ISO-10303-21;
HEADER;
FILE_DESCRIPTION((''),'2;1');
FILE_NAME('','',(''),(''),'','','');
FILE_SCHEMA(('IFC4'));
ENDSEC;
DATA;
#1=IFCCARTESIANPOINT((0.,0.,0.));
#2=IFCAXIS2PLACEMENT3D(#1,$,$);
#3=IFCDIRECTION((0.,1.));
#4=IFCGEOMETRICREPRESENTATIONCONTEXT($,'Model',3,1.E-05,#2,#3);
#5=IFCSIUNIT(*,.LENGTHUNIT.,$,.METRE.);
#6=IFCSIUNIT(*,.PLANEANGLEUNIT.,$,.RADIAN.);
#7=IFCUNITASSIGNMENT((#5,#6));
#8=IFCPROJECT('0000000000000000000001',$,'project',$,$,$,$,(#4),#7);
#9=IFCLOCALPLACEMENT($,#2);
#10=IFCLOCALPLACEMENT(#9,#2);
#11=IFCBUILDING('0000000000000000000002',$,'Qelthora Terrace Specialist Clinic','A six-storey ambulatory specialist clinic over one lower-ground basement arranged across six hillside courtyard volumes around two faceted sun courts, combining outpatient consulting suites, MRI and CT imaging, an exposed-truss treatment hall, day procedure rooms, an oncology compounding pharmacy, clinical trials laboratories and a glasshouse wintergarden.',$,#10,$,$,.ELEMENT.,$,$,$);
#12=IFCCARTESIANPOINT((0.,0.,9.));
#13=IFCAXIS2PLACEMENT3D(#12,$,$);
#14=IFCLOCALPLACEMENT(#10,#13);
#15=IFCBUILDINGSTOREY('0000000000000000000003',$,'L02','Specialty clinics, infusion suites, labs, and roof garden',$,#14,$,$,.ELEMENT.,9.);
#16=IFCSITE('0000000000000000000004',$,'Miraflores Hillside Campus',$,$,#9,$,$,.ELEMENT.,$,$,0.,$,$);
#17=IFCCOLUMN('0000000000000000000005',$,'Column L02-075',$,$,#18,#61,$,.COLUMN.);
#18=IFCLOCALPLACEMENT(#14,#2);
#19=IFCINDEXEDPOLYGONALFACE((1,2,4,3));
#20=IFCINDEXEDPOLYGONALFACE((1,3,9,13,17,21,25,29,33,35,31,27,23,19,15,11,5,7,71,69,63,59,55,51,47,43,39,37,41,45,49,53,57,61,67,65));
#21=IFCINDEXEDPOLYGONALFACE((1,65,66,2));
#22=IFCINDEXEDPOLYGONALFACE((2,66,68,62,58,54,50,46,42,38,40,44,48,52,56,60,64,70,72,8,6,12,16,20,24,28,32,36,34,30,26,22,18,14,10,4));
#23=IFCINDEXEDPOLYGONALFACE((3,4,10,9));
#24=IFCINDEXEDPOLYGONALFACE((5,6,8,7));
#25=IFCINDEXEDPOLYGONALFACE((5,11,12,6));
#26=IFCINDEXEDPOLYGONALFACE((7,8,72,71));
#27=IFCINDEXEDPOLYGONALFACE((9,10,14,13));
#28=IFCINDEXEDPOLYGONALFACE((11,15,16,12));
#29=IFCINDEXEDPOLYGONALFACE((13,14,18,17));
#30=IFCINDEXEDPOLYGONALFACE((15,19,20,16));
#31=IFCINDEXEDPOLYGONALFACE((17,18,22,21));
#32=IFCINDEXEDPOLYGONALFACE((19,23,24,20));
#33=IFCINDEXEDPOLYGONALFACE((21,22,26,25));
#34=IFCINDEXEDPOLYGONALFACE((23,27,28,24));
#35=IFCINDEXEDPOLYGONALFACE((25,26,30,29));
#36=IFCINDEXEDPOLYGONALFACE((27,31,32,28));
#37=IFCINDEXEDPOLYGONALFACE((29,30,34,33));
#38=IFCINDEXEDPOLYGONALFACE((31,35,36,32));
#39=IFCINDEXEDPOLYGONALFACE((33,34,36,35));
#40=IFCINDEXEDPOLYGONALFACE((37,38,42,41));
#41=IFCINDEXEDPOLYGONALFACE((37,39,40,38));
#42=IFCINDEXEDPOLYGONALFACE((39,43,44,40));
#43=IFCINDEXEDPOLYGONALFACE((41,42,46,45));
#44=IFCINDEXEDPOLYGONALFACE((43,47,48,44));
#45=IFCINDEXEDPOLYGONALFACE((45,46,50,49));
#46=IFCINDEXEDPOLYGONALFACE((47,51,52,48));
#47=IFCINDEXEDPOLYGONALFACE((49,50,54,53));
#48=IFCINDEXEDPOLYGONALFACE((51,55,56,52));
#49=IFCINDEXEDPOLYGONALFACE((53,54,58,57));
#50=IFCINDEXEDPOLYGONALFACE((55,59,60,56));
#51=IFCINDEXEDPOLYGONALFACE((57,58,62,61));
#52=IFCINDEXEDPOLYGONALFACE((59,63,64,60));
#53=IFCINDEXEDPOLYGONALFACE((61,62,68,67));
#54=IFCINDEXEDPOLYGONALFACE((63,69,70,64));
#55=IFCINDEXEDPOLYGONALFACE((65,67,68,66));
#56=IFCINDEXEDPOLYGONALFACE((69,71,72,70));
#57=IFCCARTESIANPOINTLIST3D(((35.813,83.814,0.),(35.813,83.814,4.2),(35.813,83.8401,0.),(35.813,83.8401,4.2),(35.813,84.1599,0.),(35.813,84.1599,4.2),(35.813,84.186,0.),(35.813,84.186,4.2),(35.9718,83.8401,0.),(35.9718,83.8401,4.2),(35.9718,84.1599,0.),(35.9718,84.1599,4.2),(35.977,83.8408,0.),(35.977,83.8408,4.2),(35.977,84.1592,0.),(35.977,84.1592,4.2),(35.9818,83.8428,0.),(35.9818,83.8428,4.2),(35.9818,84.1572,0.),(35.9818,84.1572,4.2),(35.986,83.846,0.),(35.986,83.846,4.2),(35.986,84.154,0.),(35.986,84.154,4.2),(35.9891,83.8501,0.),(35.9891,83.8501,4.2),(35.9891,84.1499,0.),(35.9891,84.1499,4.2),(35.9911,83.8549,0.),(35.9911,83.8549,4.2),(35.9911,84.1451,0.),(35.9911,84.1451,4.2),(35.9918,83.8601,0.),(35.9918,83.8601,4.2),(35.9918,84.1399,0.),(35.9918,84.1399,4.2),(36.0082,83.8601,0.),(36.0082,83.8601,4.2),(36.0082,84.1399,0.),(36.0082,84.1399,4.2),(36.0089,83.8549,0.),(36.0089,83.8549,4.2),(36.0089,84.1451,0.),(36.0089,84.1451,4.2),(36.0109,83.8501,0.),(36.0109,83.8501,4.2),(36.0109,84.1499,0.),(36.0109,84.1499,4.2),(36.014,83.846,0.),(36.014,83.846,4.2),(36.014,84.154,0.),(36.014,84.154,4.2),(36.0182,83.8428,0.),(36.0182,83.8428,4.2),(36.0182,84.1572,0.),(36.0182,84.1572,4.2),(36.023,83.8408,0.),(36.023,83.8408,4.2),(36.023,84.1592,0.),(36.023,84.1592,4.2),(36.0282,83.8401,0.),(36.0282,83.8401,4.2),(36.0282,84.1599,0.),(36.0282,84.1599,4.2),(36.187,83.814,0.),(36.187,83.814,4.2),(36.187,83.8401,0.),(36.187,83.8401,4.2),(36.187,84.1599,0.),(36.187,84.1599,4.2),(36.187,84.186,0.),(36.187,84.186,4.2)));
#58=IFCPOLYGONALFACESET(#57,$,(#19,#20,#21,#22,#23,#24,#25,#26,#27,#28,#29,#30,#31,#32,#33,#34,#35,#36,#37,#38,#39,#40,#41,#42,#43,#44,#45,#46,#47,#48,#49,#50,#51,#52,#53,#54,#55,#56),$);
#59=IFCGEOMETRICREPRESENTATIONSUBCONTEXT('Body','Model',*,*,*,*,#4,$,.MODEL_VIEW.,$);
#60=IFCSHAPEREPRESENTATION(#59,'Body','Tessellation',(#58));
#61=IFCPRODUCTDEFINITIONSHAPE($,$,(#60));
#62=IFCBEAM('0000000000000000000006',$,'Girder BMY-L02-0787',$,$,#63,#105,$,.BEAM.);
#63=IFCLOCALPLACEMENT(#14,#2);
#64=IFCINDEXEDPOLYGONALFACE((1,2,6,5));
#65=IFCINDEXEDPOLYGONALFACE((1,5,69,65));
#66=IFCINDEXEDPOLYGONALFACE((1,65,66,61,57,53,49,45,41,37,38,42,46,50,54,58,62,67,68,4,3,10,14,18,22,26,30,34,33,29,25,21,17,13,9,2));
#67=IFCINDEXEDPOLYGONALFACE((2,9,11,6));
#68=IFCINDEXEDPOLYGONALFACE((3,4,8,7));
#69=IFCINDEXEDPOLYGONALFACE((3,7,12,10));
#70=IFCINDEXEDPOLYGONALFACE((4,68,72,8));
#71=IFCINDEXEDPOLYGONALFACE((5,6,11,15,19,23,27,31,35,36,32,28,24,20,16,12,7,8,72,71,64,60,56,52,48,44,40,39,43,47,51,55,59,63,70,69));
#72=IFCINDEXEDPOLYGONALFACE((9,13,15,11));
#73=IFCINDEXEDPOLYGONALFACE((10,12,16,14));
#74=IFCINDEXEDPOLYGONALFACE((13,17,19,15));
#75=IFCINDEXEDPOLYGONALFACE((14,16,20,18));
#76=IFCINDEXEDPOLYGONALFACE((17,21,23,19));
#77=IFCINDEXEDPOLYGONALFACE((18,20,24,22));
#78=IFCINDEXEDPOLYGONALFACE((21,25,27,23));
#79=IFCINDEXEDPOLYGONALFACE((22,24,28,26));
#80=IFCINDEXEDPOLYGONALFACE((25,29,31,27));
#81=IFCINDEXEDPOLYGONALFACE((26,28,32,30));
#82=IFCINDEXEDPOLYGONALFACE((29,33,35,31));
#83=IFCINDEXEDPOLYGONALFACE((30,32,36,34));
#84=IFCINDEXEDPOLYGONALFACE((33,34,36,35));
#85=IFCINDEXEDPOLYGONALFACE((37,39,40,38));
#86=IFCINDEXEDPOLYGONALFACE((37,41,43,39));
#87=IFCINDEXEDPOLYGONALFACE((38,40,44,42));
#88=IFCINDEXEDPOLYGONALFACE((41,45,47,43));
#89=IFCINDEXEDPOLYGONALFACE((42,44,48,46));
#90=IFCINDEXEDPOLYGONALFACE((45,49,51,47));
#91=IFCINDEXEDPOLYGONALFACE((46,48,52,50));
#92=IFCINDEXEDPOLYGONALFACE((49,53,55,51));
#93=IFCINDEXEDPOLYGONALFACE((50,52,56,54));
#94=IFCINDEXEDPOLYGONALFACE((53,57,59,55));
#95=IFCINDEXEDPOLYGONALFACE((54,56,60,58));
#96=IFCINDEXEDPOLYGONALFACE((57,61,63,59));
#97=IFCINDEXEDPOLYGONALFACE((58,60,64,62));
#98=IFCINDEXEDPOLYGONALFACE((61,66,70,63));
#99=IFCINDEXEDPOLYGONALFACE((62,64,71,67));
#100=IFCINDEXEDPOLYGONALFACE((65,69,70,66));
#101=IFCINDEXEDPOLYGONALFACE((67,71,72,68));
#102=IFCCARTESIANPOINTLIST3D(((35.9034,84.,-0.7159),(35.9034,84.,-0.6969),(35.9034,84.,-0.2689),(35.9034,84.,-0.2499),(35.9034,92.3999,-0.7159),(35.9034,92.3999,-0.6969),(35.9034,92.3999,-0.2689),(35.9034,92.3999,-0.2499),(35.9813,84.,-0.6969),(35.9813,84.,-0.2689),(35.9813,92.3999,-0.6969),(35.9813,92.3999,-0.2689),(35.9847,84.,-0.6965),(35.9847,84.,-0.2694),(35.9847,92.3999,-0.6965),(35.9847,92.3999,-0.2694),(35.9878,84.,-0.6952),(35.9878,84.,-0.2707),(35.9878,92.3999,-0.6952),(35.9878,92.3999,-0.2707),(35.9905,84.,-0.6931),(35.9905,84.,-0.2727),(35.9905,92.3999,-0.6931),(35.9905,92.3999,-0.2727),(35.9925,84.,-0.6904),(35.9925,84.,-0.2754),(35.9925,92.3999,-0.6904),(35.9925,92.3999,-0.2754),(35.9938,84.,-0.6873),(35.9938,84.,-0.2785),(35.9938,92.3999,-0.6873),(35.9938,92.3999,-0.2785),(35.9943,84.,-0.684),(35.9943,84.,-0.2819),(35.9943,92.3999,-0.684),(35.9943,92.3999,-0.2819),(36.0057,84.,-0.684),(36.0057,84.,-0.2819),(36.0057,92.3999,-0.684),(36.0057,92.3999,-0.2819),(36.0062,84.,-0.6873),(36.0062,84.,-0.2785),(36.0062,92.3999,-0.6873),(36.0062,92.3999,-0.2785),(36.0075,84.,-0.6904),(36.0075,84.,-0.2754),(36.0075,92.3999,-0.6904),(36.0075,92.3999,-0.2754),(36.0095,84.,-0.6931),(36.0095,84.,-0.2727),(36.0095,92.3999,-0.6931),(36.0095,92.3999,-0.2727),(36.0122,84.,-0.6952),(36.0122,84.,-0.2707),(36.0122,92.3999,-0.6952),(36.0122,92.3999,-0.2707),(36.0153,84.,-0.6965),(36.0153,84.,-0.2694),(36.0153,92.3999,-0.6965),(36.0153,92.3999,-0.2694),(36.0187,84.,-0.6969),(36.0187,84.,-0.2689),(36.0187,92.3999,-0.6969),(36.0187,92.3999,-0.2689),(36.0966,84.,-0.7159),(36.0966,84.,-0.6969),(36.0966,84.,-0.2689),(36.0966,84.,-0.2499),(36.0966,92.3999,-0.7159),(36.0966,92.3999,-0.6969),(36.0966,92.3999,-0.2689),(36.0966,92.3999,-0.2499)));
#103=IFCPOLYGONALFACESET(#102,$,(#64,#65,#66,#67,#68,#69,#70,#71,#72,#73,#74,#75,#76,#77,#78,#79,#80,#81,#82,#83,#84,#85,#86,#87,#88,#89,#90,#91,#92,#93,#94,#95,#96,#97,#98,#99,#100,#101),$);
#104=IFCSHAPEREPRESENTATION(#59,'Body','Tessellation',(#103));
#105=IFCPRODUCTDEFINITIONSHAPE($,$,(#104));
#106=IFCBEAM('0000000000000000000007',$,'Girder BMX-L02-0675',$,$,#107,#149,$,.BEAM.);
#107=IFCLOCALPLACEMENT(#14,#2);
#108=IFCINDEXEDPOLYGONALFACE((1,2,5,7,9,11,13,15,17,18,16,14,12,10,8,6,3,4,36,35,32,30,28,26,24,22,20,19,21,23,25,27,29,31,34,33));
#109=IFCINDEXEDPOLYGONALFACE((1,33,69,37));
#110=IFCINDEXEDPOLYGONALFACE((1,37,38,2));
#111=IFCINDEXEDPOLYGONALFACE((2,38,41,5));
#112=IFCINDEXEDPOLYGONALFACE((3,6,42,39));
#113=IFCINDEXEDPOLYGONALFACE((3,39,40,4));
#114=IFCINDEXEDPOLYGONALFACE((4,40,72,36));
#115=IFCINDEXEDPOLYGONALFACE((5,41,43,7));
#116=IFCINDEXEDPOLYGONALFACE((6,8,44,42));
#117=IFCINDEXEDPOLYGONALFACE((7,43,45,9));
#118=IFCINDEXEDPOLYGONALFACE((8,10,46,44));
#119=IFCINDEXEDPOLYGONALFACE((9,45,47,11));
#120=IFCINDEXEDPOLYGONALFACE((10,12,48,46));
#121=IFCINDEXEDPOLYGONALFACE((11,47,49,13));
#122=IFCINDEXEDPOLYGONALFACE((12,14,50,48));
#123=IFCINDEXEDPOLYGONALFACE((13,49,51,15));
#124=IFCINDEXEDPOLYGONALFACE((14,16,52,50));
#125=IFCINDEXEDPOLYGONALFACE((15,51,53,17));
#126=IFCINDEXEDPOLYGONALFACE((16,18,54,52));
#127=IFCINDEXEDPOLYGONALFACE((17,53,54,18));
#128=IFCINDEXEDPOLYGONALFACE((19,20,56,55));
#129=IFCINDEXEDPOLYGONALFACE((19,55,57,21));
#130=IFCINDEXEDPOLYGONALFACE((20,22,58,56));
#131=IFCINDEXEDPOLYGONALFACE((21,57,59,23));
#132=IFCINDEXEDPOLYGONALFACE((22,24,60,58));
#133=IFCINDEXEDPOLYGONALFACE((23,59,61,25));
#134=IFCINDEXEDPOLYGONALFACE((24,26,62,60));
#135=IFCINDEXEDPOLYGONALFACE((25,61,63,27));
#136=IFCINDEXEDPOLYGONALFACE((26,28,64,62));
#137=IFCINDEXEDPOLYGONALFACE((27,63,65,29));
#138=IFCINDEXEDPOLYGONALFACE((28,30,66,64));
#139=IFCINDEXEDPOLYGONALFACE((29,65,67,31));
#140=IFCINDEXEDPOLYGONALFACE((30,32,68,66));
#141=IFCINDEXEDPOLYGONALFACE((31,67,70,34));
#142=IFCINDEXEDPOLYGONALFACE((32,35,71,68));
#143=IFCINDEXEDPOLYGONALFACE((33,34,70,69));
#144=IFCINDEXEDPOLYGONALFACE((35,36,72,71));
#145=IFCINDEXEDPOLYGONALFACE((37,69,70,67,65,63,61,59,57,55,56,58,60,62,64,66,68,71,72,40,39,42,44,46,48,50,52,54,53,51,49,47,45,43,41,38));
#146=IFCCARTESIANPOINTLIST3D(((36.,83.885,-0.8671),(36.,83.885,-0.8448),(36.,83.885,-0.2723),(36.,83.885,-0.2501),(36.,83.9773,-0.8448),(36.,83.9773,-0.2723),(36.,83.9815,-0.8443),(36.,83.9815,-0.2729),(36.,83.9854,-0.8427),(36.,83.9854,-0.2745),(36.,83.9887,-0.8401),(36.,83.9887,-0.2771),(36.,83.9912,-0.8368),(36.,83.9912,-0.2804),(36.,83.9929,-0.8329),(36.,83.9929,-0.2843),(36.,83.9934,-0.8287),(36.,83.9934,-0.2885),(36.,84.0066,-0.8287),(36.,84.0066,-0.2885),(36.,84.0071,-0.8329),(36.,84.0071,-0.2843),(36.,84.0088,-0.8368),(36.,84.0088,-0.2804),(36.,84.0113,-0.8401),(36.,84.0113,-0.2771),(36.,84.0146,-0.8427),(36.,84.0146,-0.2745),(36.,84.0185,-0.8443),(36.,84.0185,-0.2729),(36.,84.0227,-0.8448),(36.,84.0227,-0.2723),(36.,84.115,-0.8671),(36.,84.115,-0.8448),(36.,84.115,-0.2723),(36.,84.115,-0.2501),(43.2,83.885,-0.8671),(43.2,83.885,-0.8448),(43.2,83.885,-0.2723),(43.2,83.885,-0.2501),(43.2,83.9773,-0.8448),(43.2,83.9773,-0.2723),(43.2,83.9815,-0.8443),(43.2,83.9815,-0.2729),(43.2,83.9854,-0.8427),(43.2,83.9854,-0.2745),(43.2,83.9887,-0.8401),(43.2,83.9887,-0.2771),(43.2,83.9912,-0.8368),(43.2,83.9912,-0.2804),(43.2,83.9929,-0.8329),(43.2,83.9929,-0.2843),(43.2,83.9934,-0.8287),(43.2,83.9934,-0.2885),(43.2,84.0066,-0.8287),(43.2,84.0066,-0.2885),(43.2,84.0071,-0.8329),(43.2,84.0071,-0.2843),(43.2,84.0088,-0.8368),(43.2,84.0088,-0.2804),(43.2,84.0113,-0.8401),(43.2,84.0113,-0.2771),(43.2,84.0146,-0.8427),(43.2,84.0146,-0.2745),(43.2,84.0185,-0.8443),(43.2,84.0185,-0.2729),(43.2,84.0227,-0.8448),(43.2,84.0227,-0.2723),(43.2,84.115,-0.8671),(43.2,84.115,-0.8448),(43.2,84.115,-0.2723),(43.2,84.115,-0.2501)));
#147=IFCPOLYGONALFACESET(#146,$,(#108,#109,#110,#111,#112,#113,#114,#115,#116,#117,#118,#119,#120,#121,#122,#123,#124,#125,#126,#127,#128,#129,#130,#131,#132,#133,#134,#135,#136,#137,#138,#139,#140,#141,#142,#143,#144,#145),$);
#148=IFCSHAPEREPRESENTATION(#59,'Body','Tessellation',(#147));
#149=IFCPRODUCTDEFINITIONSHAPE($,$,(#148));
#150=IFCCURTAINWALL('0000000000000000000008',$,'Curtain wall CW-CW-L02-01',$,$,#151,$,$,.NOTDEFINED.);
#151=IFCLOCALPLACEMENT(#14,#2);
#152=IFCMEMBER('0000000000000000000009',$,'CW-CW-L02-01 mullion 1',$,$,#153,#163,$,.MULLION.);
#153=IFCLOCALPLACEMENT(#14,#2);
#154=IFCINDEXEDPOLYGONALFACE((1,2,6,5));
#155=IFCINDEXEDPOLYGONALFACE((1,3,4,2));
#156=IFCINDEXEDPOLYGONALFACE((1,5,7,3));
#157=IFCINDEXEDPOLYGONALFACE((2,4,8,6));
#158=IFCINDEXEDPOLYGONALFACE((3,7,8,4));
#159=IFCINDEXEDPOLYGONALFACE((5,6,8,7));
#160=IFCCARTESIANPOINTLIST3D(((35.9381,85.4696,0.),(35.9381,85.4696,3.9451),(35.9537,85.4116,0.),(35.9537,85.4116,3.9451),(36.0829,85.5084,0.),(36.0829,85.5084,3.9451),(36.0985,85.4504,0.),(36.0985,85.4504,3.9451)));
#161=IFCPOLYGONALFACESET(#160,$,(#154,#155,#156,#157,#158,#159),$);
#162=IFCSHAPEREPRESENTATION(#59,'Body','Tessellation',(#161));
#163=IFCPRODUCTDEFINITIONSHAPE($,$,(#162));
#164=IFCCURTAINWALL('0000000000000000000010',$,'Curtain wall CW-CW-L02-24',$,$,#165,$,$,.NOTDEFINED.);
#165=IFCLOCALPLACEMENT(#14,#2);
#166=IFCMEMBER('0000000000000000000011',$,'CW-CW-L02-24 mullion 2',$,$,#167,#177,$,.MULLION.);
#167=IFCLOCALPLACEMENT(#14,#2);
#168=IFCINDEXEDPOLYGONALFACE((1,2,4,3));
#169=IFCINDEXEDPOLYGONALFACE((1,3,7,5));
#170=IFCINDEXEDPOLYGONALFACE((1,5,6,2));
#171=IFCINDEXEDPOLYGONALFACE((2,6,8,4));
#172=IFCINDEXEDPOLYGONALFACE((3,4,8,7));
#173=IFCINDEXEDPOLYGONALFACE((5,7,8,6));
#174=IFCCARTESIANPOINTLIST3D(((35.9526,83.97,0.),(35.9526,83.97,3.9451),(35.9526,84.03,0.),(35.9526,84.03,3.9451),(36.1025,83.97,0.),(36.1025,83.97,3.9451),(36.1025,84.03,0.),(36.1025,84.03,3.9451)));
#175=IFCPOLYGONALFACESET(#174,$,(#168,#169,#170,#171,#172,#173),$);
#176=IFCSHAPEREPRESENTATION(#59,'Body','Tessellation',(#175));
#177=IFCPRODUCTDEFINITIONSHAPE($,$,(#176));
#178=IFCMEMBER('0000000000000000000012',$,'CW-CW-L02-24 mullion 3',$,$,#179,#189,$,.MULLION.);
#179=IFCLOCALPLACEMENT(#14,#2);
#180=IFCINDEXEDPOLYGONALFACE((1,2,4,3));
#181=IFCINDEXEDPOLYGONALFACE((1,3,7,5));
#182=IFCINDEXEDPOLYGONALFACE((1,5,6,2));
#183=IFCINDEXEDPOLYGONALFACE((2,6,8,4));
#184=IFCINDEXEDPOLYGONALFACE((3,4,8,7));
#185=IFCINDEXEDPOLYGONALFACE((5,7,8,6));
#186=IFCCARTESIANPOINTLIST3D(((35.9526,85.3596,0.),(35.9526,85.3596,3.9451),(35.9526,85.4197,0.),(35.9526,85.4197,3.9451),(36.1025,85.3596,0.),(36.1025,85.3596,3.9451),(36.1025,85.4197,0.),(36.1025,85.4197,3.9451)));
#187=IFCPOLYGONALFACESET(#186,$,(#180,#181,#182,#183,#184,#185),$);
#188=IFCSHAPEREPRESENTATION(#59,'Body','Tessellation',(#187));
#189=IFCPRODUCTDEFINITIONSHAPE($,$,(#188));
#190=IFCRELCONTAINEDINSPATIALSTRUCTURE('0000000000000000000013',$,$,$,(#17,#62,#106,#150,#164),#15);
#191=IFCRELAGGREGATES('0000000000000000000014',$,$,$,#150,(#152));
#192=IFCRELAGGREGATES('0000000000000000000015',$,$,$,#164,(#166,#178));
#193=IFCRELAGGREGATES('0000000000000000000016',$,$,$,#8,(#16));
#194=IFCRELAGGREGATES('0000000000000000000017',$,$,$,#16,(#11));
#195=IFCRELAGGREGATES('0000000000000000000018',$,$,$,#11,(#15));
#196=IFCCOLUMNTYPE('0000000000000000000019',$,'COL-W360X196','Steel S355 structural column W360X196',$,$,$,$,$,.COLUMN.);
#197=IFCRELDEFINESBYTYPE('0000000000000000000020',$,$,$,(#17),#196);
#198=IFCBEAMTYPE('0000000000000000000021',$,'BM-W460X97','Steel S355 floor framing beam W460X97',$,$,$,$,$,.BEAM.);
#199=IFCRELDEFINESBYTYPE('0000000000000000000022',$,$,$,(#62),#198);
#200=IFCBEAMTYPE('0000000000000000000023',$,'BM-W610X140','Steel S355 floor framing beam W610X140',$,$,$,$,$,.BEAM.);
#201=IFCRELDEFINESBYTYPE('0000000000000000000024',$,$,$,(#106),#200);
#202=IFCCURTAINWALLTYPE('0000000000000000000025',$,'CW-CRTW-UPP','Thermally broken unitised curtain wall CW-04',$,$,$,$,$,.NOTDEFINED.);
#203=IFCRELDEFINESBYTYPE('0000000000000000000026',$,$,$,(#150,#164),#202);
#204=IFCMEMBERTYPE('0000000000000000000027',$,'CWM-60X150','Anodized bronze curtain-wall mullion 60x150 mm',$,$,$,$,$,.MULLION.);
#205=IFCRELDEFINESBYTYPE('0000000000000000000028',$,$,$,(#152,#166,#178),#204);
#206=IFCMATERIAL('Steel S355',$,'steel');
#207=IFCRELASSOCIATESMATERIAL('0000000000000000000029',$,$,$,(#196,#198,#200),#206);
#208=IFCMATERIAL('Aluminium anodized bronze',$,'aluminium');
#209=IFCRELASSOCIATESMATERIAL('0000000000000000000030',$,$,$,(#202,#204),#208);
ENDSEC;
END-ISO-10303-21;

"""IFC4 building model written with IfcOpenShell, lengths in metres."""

from ifc_helpers import new_model, si_unit, direction, frame, origin, origin_2d, place, context, subcontext, project, spatial, rectangle, i_section, extrude, material, material_profile, profile_set, type_object, element, aggregate, save


model = new_model("IFC4")

# Units and contexts
model_context = context("Model", 3, precision=1e-05, world=origin(), true_north=direction((0.0, 1.0)))
body_context = subcontext(model_context, "Body", "Model", "MODEL_VIEW")
ifc_project = project(units=[si_unit("LENGTHUNIT", "METRE"), si_unit("PLANEANGLEUNIT", "RADIAN")], contexts=[model_context])

# Site, building, storey
site_placement = place(None, origin())
site = spatial("IfcSite", under=ifc_project, at=site_placement, Name="Miraflores Hillside Campus", CompositionType="ELEMENT", RefElevation=0.0)
building_placement = place(site_placement, origin())
building = spatial("IfcBuilding", under=site, at=building_placement, Name="Qelthora Terrace Specialist Clinic", Description="A six-storey ambulatory specialist clinic over one lower-ground basement arranged across six hillside courtyard volumes around two faceted sun courts, combining outpatient consulting suites, MRI and CT imaging, an exposed-truss treatment hall, day procedure rooms, an oncology compounding pharmacy, clinical trials laboratories and a glasshouse wintergarden.", CompositionType="ELEMENT")
storey_placement = place(building_placement, frame((0.0, 0.0, 9.0)))
storey = spatial("IfcBuildingStorey", under=building, at=storey_placement, Name="L02", Description="Specialty clinics, infusion suites, labs, and roof garden", CompositionType="ELEMENT", Elevation=9.0)

# Column
ifc_material_1 = material(Name="Steel S355", Category="steel")
ifc_material_profile_1 = material_profile(ifc_material_1, i_section(OverallWidth=0.374, OverallDepth=0.3721, WebThickness=0.0164, FlangeThickness=0.0261, FilletRadius=0.02, at=origin_2d()), Name="W360X196")
ifc_profile_set_1 = profile_set([ifc_material_profile_1], Name="Steel S355")
column_type = type_object("IfcColumnType", Name="COL-W360X196", Description="Steel S355 structural column W360X196", PredefinedType="COLUMN", material=ifc_profile_set_1)
column_placement = place(storey_placement, frame((36.0, 84.0, 0.0), z_axis=(0.0, 0.0, 1.0), x_axis=(1.0, 0.0, 0.0)))
element("IfcColumn", 1, at=column_placement, inside=storey, type_object=column_type, Name="Column L02-075", PredefinedType="COLUMN", context=body_context, shape_type="SweptSolid", body=[
    extrude(i_section(OverallWidth=0.374, OverallDepth=0.3721, WebThickness=0.0164, FlangeThickness=0.0261, FilletRadius=0.02, at=origin_2d()), origin(), (0.0, 0.0, 1.0), 4.2),
])

# Beams
ifc_material_profile_2 = material_profile(ifc_material_1, i_section(OverallWidth=0.1931, OverallDepth=0.4661, WebThickness=0.0115, FlangeThickness=0.019, FilletRadius=0.0129, at=origin_2d()), Name="W460X97")
ifc_profile_set_2 = profile_set([ifc_material_profile_2], Name="Steel S355")
beam_type_1 = type_object("IfcBeamType", Name="BM-W460X97", Description="Steel S355 floor framing beam W460X97", PredefinedType="BEAM", material=ifc_profile_set_2)
beam_1_placement = place(storey_placement, frame((36.0, 84.0, -0.4829), z_axis=(0.0, 1.0, 0.0), x_axis=(-1.0, 0.0, 0.0)))
element("IfcBeam", 2, at=beam_1_placement, inside=storey, type_object=beam_type_1, Name="Girder BMY-L02-0787", PredefinedType="BEAM", context=body_context, shape_type="SweptSolid", body=[
    extrude(i_section(OverallWidth=0.1931, OverallDepth=0.4661, WebThickness=0.0115, FlangeThickness=0.019, FilletRadius=0.0129, at=origin_2d()), origin(), (0.0, 0.0, 1.0), 8.3999),
])
ifc_material_profile_3 = material_profile(ifc_material_1, i_section(OverallWidth=0.23, OverallDepth=0.6169, WebThickness=0.0132, FlangeThickness=0.0222, FilletRadius=0.0161, at=origin_2d()), Name="W610X140")
ifc_profile_set_3 = profile_set([ifc_material_profile_3], Name="Steel S355")
beam_type_2 = type_object("IfcBeamType", Name="BM-W610X140", Description="Steel S355 floor framing beam W610X140", PredefinedType="BEAM", material=ifc_profile_set_3)
beam_2_placement = place(storey_placement, frame((36.0, 84.0, -0.5586), z_axis=(1.0, 0.0, 0.0), x_axis=(0.0, 1.0, 0.0)))
element("IfcBeam", 3, at=beam_2_placement, inside=storey, type_object=beam_type_2, Name="Girder BMX-L02-0675", PredefinedType="BEAM", context=body_context, shape_type="SweptSolid", body=[
    extrude(i_section(OverallWidth=0.23, OverallDepth=0.6169, WebThickness=0.0132, FlangeThickness=0.0222, FilletRadius=0.0161, at=origin_2d()), origin(), (0.0, 0.0, 1.0), 7.2),
])

# Curtain wall, member
ifc_material_2 = material(Name="Aluminium anodized bronze", Category="aluminium")
curtain_wall_type = type_object("IfcCurtainWallType", Name="CW-CRTW-UPP", Description="Thermally broken unitised curtain wall CW-04", PredefinedType="NOTDEFINED", material=ifc_material_2)
curtain_wall_1_placement = place(storey_placement, origin())
curtain_wall_1 = element("IfcCurtainWall", 4, at=curtain_wall_1_placement, inside=storey, type_object=curtain_wall_type, Name="Curtain wall CW-CW-L02-01", PredefinedType="NOTDEFINED")
ifc_material_profile_4 = material_profile(ifc_material_2, rectangle(XDim=0.0601, YDim=0.1499, at=origin_2d()), Name="CWM60X150")
ifc_profile_set_4 = profile_set([ifc_material_profile_4], Name="Aluminium anodized bronze")
member_type_1 = type_object("IfcMemberType", Name="CWM-60X150", Description="Anodized bronze curtain-wall mullion 60x150 mm", PredefinedType="MULLION", material=ifc_profile_set_4)
member_1_placement = place(storey_placement, frame((36.0183, 85.46, 0.0), z_axis=(0.0, 0.0, 1.0), x_axis=(-0.25882, 0.965925, 0.0)))
member_1 = element("IfcMember", 5, at=member_1_placement, type_object=member_type_1, Name="CW-CW-L02-01 mullion 1", PredefinedType="MULLION", context=body_context, shape_type="SweptSolid", body=[
    extrude(rectangle(XDim=0.0601, YDim=0.1499, at=origin_2d()), origin(), (0.0, 0.0, 1.0), 3.9451),
])

# Curtain wall, members
curtain_wall_2_placement = place(storey_placement, origin())
curtain_wall_2 = element("IfcCurtainWall", 6, at=curtain_wall_2_placement, inside=storey, type_object=curtain_wall_type, Name="Curtain wall CW-CW-L02-24", PredefinedType="NOTDEFINED")
member_2_placement = place(storey_placement, frame((36.0276, 84.0, 0.0), z_axis=(0.0, 0.0, 1.0), x_axis=(0.0, 1.0, 0.0)))
member_2 = element("IfcMember", 7, at=member_2_placement, type_object=member_type_1, Name="CW-CW-L02-24 mullion 2", PredefinedType="MULLION", context=body_context, shape_type="SweptSolid", body=[
    extrude(rectangle(XDim=0.0601, YDim=0.1499, at=origin_2d()), origin(), (0.0, 0.0, 1.0), 3.9451),
])
member_3_placement = place(storey_placement, frame((36.0276, 85.3896, 0.0), z_axis=(0.0, 0.0, 1.0), x_axis=(0.0, 1.0, 0.0)))
member_3 = element("IfcMember", 8, at=member_3_placement, type_object=member_type_1, Name="CW-CW-L02-24 mullion 3", PredefinedType="MULLION", context=body_context, shape_type="SweptSolid", body=[
    extrude(rectangle(XDim=0.0601, YDim=0.1499, at=origin_2d()), origin(), (0.0, 0.0, 1.0), 3.9451),
])

aggregate(curtain_wall_1, [member_1])
aggregate(curtain_wall_2, [member_2, member_3])

save(model, "model.ifc")
